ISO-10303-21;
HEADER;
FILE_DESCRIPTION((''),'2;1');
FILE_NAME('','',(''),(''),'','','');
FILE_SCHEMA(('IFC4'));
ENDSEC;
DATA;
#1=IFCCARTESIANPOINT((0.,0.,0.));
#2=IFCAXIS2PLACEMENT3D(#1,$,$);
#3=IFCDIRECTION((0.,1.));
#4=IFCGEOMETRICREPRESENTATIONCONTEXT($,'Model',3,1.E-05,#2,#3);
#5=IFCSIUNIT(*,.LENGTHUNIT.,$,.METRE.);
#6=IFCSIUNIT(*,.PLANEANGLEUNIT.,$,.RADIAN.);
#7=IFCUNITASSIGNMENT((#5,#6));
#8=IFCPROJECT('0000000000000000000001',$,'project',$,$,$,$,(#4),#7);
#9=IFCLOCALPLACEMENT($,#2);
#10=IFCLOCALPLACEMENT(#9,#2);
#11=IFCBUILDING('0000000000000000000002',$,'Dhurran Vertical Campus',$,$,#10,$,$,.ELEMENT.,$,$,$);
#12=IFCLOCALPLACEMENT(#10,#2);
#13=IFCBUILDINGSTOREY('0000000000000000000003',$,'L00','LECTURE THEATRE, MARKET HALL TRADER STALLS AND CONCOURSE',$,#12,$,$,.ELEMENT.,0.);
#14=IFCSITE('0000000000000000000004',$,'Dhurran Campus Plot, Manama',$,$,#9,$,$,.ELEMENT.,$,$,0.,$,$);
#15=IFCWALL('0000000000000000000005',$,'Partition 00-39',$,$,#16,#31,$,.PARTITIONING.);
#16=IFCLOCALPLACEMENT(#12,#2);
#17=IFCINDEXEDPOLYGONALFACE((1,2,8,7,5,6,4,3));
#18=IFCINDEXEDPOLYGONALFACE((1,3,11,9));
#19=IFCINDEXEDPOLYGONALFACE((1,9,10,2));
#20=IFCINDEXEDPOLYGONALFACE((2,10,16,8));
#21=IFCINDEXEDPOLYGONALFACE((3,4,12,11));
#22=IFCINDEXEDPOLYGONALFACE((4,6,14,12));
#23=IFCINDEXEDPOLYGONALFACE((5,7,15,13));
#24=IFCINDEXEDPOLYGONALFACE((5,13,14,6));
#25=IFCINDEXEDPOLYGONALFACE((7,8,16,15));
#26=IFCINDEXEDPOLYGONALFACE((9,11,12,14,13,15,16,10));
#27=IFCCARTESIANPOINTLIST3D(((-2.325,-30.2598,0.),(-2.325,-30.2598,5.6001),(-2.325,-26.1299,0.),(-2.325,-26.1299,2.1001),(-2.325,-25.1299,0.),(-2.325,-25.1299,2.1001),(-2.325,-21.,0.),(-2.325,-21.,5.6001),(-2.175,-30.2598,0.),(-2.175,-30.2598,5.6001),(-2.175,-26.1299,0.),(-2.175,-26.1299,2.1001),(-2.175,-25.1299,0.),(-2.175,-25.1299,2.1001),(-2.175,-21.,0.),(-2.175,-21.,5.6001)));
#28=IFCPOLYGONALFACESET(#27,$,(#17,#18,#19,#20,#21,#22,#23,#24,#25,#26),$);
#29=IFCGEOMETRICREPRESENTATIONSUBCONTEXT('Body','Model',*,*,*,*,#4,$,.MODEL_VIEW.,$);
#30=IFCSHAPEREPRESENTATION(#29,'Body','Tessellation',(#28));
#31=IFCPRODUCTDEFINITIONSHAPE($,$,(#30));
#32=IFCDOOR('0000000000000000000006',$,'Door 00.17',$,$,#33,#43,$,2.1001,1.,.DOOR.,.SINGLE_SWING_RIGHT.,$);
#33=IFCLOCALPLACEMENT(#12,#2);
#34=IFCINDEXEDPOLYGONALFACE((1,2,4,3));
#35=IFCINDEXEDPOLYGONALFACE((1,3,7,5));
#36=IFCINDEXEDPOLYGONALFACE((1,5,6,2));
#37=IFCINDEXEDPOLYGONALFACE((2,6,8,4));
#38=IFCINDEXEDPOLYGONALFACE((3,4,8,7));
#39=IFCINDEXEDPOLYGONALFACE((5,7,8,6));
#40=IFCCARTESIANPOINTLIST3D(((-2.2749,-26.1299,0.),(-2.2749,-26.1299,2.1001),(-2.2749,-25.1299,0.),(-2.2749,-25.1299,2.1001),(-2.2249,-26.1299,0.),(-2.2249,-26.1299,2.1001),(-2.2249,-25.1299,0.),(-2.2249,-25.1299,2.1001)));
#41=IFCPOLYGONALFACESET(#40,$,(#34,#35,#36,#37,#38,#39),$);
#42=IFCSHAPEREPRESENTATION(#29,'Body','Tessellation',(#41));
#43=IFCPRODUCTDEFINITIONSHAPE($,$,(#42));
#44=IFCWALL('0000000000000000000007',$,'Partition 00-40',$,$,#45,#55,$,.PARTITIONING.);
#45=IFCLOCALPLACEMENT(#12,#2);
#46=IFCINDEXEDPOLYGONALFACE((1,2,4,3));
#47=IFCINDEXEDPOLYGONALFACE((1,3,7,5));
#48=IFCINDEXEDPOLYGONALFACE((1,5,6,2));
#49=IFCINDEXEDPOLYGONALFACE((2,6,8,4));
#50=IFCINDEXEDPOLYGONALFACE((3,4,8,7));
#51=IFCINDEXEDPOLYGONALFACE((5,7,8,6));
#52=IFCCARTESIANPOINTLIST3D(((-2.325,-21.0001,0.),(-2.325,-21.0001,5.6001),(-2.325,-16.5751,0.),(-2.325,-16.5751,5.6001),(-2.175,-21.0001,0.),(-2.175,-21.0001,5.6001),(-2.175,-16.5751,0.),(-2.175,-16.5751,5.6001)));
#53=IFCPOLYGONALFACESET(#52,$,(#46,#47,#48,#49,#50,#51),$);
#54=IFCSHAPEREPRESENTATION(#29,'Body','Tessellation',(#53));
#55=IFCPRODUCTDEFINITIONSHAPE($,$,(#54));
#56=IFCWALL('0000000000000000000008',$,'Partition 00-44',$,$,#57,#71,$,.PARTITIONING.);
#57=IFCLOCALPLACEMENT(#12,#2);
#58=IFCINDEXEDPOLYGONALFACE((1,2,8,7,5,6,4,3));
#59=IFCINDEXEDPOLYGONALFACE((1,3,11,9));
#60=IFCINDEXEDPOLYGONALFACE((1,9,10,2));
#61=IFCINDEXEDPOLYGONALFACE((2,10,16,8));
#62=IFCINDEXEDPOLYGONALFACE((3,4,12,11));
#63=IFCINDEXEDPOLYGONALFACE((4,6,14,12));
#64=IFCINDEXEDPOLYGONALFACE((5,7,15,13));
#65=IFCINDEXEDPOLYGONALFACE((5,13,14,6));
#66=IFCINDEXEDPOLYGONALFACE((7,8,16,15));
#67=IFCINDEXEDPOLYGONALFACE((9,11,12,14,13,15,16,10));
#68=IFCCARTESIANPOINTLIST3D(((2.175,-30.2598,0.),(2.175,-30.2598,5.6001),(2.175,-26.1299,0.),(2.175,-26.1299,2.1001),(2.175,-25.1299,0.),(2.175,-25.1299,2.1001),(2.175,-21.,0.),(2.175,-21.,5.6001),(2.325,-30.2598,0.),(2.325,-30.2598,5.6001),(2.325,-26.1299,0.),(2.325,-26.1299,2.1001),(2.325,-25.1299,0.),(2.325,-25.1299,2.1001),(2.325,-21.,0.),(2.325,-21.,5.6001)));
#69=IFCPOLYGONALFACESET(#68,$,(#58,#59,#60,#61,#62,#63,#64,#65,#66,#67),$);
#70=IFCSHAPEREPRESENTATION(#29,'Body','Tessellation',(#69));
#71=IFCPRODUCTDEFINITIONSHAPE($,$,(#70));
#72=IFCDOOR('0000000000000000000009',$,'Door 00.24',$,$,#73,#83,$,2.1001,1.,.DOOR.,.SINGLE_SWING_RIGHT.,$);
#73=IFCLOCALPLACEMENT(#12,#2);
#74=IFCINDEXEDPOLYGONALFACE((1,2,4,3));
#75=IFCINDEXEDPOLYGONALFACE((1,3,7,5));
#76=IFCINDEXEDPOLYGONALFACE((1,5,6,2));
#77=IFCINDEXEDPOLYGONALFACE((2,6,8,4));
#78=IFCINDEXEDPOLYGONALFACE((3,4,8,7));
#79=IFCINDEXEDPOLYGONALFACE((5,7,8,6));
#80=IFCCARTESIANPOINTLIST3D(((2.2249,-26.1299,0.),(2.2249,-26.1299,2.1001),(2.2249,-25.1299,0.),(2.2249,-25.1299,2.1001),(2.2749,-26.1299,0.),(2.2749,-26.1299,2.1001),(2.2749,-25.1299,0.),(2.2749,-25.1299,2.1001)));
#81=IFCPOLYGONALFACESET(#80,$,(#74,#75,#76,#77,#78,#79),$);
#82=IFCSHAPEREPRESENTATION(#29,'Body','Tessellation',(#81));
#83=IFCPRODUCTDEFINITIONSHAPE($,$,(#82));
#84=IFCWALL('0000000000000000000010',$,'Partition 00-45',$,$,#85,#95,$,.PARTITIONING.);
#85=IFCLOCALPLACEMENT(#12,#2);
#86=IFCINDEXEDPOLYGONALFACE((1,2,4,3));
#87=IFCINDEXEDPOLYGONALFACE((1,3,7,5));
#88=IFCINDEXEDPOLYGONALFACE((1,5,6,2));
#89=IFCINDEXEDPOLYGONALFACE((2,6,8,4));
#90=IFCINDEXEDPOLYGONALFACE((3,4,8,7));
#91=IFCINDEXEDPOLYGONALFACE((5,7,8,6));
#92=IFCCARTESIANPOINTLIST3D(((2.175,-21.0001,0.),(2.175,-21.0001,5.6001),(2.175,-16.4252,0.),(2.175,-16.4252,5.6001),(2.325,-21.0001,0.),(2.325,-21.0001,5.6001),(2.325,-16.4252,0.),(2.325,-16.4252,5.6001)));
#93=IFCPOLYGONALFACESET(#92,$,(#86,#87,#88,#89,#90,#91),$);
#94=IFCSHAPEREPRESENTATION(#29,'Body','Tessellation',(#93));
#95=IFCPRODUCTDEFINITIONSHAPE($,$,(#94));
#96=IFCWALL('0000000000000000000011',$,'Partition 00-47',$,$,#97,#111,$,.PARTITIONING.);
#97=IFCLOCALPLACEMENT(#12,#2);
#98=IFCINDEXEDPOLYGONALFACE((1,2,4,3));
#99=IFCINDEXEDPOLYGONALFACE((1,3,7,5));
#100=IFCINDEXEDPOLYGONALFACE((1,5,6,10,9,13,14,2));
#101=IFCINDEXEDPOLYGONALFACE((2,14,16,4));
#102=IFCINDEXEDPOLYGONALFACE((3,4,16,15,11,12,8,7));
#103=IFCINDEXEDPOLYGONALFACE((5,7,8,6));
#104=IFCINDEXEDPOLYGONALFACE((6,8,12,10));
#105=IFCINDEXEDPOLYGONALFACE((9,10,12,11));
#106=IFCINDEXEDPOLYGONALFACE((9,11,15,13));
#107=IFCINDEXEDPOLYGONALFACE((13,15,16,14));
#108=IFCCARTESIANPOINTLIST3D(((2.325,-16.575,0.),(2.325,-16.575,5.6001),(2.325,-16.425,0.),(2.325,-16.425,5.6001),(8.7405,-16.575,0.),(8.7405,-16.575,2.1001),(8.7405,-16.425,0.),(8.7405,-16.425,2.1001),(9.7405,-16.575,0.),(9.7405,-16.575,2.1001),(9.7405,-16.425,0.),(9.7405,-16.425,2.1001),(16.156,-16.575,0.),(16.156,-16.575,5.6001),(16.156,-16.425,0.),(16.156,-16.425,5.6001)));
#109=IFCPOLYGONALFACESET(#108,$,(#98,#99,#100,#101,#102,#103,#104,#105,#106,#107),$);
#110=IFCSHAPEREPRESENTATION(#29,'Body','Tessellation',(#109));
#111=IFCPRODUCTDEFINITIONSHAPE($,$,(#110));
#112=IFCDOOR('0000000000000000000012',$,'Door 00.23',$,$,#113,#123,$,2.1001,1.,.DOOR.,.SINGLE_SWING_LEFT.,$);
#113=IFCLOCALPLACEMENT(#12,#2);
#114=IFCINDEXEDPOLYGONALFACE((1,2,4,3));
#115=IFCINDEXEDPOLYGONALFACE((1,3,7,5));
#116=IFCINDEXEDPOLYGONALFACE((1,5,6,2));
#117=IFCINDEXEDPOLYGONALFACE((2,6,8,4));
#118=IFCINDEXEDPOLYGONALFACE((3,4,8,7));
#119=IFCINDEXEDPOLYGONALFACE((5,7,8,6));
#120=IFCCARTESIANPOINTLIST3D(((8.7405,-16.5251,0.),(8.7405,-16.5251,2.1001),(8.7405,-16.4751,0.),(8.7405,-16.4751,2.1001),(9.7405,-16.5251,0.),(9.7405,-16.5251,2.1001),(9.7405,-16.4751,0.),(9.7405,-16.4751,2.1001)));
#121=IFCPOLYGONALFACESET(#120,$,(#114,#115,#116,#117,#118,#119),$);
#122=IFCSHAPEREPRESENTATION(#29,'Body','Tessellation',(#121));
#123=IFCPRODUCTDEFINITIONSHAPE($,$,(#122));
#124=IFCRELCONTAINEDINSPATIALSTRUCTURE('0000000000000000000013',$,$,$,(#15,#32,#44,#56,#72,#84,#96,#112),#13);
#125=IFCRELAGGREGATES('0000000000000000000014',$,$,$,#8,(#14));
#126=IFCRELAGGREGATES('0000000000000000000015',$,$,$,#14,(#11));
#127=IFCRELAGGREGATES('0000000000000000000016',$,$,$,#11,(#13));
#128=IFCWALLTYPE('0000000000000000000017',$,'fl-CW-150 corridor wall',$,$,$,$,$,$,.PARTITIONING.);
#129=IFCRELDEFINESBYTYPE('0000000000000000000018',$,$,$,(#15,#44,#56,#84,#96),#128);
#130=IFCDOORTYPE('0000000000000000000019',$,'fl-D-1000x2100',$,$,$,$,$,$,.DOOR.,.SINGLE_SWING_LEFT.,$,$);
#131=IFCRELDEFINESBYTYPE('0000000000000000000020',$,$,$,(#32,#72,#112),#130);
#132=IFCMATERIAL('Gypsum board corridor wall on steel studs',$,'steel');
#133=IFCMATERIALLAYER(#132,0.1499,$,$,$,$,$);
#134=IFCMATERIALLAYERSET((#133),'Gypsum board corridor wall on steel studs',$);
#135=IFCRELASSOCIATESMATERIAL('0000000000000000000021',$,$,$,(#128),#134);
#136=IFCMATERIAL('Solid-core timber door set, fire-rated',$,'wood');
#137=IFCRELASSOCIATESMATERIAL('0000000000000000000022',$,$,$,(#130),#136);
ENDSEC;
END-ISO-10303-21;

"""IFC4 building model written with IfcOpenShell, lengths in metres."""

from ifc_helpers import new_model, si_unit, direction, frame, frame_2d, origin, place, context, subcontext, project, spatial, rectangle, extrude, material, layer, layer_set, type_object, element, fill, save


model = new_model("IFC4")

# Units and contexts
model_context = context("Model", 3, precision=1e-05, world=origin(), true_north=direction((0.0, 1.0)))
body_context = subcontext(model_context, "Body", "Model", "MODEL_VIEW")
ifc_project = project(units=[si_unit("LENGTHUNIT", "METRE"), si_unit("PLANEANGLEUNIT", "RADIAN")], contexts=[model_context])

# Site, building, storey
site_placement = place(None, origin())
site = spatial("IfcSite", under=ifc_project, at=site_placement, Name="Dhurran Campus Plot, Manama", CompositionType="ELEMENT", RefElevation=0.0)
building_placement = place(site_placement, origin())
building = spatial("IfcBuilding", under=site, at=building_placement, Name="Dhurran Vertical Campus", CompositionType="ELEMENT")
storey_placement = place(building_placement, origin())
storey = spatial("IfcBuildingStorey", under=building, at=storey_placement, Name="L00", Description="LECTURE THEATRE, MARKET HALL TRADER STALLS AND CONCOURSE", CompositionType="ELEMENT", Elevation=0.0)

# Wall, opening, door
ifc_material_1 = material(Name="Gypsum board corridor wall on steel studs", Category="steel")
ifc_layer_1 = layer(ifc_material_1, 0.1499)
ifc_layer_set_1 = layer_set([ifc_layer_1], Name="Gypsum board corridor wall on steel studs")
wall_type_1 = type_object("IfcWallType", Name="fl-CW-150 corridor wall", PredefinedType="PARTITIONING", material=ifc_layer_set_1)
wall_1_placement = place(storey_placement, frame((-2.25, -30.2598, 0.0), z_axis=(0.0, 0.0, 1.0), x_axis=(0.0, 1.0, 0.0)))
wall_1 = element("IfcWall", 1, at=wall_1_placement, inside=storey, type_object=wall_type_1, Name="Partition 00-39", PredefinedType="PARTITIONING", context=body_context, shape_type="SweptSolid", body=[
    extrude(rectangle(XDim=9.2598, YDim=0.1499, at=frame_2d((4.6299, 0.0))), origin(), (0.0, 0.0, 1.0), 5.6001),
])
opening_1_placement = place(wall_1_placement, frame((4.1299, 0.0, 0.0)))
opening_1 = element("IfcOpeningElement", 2, at=opening_1_placement, cuts=wall_1, PredefinedType="OPENING", context=body_context, shape_type="SweptSolid", body=[
    extrude(rectangle(XDim=1.0, YDim=2.1001, at=frame_2d((0.5, 1.05))), frame((0.0, 0.085, 0.0), z_axis=(0.0, -1.0, 0.0), x_axis=(1.0, 0.0, 0.0)), (0.0, 0.0, 1.0), 0.1699),
])
ifc_material_2 = material(Name="Solid-core timber door set, fire-rated", Category="wood")
door_type_1 = type_object("IfcDoorType", Name="fl-D-1000x2100", OperationType="SINGLE_SWING_LEFT", PredefinedType="DOOR", material=ifc_material_2)
door_1_placement = place(opening_1_placement, origin())
door_1 = element("IfcDoor", 3, at=door_1_placement, inside=storey, type_object=door_type_1, Name="Door 00.17", OperationType="SINGLE_SWING_RIGHT", OverallHeight=2.1001, OverallWidth=1.0, PredefinedType="DOOR", context=body_context, shape_type="SweptSolid", body=[
    extrude(rectangle(XDim=1.0, YDim=2.1001, at=frame_2d((0.5, 1.05))), frame((0.0, 0.0249, 0.0), z_axis=(0.0, -1.0, 0.0), x_axis=(1.0, 0.0, 0.0)), (0.0, 0.0, 1.0), 0.05),
])
fill(opening_1, door_1)

# Wall
wall_2_placement = place(storey_placement, frame((-2.25, -21.0, 0.0), z_axis=(0.0, 0.0, 1.0), x_axis=(0.0, 1.0, 0.0)))
element("IfcWall", 4, at=wall_2_placement, inside=storey, type_object=wall_type_1, Name="Partition 00-40", PredefinedType="PARTITIONING", context=body_context, shape_type="SweptSolid", body=[
    extrude(rectangle(XDim=4.425, YDim=0.1499, at=frame_2d((2.2124, 0.0))), origin(), (0.0, 0.0, 1.0), 5.6001),
])

# Wall, opening, door
wall_3_placement = place(storey_placement, frame((2.25, -21.0, 0.0), z_axis=(0.0, 0.0, 1.0), x_axis=(0.0, -1.0, 0.0)))
wall_3 = element("IfcWall", 5, at=wall_3_placement, inside=storey, type_object=wall_type_1, Name="Partition 00-44", PredefinedType="PARTITIONING", context=body_context, shape_type="SweptSolid", body=[
    extrude(rectangle(XDim=9.2598, YDim=0.1499, at=frame_2d((4.6299, 0.0))), origin(), (0.0, 0.0, 1.0), 5.6001),
])
opening_2_placement = place(wall_3_placement, frame((4.1299, 0.0, 0.0)))
opening_2 = element("IfcOpeningElement", 6, at=opening_2_placement, cuts=wall_3, PredefinedType="OPENING", context=body_context, shape_type="SweptSolid", body=[
    extrude(rectangle(XDim=1.0, YDim=2.1001, at=frame_2d((0.5, 1.05))), frame((0.0, 0.085, 0.0), z_axis=(0.0, -1.0, 0.0), x_axis=(1.0, 0.0, 0.0)), (0.0, 0.0, 1.0), 0.1699),
])
door_2_placement = place(opening_2_placement, origin())
door_2 = element("IfcDoor", 7, at=door_2_placement, inside=storey, type_object=door_type_1, Name="Door 00.24", OperationType="SINGLE_SWING_RIGHT", OverallHeight=2.1001, OverallWidth=1.0, PredefinedType="DOOR", context=body_context, shape_type="SweptSolid", body=[
    extrude(rectangle(XDim=1.0, YDim=2.1001, at=frame_2d((0.5, 1.05))), frame((0.0, 0.0249, 0.0), z_axis=(0.0, -1.0, 0.0), x_axis=(1.0, 0.0, 0.0)), (0.0, 0.0, 1.0), 0.05),
])
fill(opening_2, door_2)

# Wall
wall_4_placement = place(storey_placement, frame((2.25, -16.425, 0.0), z_axis=(0.0, 0.0, 1.0), x_axis=(0.0, -1.0, 0.0)))
element("IfcWall", 8, at=wall_4_placement, inside=storey, type_object=wall_type_1, Name="Partition 00-45", PredefinedType="PARTITIONING", context=body_context, shape_type="SweptSolid", body=[
    extrude(rectangle(XDim=4.575, YDim=0.1499, at=frame_2d((2.2876, 0.0))), origin(), (0.0, 0.0, 1.0), 5.6001),
])

# Wall, opening, door
wall_5_placement = place(storey_placement, frame((2.325, -16.5, 0.0), z_axis=(0.0, 0.0, 1.0), x_axis=(1.0, 0.0, 0.0)))
wall_5 = element("IfcWall", 9, at=wall_5_placement, inside=storey, type_object=wall_type_1, Name="Partition 00-47", PredefinedType="PARTITIONING", context=body_context, shape_type="SweptSolid", body=[
    extrude(rectangle(XDim=13.8311, YDim=0.1499, at=frame_2d((6.9155, 0.0))), origin(), (0.0, 0.0, 1.0), 5.6001),
])
opening_3_placement = place(wall_5_placement, frame((6.4155, 0.0, 0.0)))
opening_3 = element("IfcOpeningElement", 10, at=opening_3_placement, cuts=wall_5, PredefinedType="OPENING", context=body_context, shape_type="SweptSolid", body=[
    extrude(rectangle(XDim=1.0, YDim=2.1001, at=frame_2d((0.5, 1.05))), frame((0.0, 0.085, 0.0), z_axis=(0.0, -1.0, 0.0), x_axis=(1.0, 0.0, 0.0)), (0.0, 0.0, 1.0), 0.1699),
])
door_3_placement = place(opening_3_placement, origin())
door_3 = element("IfcDoor", 11, at=door_3_placement, inside=storey, type_object=door_type_1, Name="Door 00.23", OperationType="SINGLE_SWING_LEFT", OverallHeight=2.1001, OverallWidth=1.0, PredefinedType="DOOR", context=body_context, shape_type="SweptSolid", body=[
    extrude(rectangle(XDim=1.0, YDim=2.1001, at=frame_2d((0.5, 1.05))), frame((0.0, 0.0249, 0.0), z_axis=(0.0, -1.0, 0.0), x_axis=(1.0, 0.0, 0.0)), (0.0, 0.0, 1.0), 0.05),
])
fill(opening_3, door_3)

save(model, "model.ifc")
